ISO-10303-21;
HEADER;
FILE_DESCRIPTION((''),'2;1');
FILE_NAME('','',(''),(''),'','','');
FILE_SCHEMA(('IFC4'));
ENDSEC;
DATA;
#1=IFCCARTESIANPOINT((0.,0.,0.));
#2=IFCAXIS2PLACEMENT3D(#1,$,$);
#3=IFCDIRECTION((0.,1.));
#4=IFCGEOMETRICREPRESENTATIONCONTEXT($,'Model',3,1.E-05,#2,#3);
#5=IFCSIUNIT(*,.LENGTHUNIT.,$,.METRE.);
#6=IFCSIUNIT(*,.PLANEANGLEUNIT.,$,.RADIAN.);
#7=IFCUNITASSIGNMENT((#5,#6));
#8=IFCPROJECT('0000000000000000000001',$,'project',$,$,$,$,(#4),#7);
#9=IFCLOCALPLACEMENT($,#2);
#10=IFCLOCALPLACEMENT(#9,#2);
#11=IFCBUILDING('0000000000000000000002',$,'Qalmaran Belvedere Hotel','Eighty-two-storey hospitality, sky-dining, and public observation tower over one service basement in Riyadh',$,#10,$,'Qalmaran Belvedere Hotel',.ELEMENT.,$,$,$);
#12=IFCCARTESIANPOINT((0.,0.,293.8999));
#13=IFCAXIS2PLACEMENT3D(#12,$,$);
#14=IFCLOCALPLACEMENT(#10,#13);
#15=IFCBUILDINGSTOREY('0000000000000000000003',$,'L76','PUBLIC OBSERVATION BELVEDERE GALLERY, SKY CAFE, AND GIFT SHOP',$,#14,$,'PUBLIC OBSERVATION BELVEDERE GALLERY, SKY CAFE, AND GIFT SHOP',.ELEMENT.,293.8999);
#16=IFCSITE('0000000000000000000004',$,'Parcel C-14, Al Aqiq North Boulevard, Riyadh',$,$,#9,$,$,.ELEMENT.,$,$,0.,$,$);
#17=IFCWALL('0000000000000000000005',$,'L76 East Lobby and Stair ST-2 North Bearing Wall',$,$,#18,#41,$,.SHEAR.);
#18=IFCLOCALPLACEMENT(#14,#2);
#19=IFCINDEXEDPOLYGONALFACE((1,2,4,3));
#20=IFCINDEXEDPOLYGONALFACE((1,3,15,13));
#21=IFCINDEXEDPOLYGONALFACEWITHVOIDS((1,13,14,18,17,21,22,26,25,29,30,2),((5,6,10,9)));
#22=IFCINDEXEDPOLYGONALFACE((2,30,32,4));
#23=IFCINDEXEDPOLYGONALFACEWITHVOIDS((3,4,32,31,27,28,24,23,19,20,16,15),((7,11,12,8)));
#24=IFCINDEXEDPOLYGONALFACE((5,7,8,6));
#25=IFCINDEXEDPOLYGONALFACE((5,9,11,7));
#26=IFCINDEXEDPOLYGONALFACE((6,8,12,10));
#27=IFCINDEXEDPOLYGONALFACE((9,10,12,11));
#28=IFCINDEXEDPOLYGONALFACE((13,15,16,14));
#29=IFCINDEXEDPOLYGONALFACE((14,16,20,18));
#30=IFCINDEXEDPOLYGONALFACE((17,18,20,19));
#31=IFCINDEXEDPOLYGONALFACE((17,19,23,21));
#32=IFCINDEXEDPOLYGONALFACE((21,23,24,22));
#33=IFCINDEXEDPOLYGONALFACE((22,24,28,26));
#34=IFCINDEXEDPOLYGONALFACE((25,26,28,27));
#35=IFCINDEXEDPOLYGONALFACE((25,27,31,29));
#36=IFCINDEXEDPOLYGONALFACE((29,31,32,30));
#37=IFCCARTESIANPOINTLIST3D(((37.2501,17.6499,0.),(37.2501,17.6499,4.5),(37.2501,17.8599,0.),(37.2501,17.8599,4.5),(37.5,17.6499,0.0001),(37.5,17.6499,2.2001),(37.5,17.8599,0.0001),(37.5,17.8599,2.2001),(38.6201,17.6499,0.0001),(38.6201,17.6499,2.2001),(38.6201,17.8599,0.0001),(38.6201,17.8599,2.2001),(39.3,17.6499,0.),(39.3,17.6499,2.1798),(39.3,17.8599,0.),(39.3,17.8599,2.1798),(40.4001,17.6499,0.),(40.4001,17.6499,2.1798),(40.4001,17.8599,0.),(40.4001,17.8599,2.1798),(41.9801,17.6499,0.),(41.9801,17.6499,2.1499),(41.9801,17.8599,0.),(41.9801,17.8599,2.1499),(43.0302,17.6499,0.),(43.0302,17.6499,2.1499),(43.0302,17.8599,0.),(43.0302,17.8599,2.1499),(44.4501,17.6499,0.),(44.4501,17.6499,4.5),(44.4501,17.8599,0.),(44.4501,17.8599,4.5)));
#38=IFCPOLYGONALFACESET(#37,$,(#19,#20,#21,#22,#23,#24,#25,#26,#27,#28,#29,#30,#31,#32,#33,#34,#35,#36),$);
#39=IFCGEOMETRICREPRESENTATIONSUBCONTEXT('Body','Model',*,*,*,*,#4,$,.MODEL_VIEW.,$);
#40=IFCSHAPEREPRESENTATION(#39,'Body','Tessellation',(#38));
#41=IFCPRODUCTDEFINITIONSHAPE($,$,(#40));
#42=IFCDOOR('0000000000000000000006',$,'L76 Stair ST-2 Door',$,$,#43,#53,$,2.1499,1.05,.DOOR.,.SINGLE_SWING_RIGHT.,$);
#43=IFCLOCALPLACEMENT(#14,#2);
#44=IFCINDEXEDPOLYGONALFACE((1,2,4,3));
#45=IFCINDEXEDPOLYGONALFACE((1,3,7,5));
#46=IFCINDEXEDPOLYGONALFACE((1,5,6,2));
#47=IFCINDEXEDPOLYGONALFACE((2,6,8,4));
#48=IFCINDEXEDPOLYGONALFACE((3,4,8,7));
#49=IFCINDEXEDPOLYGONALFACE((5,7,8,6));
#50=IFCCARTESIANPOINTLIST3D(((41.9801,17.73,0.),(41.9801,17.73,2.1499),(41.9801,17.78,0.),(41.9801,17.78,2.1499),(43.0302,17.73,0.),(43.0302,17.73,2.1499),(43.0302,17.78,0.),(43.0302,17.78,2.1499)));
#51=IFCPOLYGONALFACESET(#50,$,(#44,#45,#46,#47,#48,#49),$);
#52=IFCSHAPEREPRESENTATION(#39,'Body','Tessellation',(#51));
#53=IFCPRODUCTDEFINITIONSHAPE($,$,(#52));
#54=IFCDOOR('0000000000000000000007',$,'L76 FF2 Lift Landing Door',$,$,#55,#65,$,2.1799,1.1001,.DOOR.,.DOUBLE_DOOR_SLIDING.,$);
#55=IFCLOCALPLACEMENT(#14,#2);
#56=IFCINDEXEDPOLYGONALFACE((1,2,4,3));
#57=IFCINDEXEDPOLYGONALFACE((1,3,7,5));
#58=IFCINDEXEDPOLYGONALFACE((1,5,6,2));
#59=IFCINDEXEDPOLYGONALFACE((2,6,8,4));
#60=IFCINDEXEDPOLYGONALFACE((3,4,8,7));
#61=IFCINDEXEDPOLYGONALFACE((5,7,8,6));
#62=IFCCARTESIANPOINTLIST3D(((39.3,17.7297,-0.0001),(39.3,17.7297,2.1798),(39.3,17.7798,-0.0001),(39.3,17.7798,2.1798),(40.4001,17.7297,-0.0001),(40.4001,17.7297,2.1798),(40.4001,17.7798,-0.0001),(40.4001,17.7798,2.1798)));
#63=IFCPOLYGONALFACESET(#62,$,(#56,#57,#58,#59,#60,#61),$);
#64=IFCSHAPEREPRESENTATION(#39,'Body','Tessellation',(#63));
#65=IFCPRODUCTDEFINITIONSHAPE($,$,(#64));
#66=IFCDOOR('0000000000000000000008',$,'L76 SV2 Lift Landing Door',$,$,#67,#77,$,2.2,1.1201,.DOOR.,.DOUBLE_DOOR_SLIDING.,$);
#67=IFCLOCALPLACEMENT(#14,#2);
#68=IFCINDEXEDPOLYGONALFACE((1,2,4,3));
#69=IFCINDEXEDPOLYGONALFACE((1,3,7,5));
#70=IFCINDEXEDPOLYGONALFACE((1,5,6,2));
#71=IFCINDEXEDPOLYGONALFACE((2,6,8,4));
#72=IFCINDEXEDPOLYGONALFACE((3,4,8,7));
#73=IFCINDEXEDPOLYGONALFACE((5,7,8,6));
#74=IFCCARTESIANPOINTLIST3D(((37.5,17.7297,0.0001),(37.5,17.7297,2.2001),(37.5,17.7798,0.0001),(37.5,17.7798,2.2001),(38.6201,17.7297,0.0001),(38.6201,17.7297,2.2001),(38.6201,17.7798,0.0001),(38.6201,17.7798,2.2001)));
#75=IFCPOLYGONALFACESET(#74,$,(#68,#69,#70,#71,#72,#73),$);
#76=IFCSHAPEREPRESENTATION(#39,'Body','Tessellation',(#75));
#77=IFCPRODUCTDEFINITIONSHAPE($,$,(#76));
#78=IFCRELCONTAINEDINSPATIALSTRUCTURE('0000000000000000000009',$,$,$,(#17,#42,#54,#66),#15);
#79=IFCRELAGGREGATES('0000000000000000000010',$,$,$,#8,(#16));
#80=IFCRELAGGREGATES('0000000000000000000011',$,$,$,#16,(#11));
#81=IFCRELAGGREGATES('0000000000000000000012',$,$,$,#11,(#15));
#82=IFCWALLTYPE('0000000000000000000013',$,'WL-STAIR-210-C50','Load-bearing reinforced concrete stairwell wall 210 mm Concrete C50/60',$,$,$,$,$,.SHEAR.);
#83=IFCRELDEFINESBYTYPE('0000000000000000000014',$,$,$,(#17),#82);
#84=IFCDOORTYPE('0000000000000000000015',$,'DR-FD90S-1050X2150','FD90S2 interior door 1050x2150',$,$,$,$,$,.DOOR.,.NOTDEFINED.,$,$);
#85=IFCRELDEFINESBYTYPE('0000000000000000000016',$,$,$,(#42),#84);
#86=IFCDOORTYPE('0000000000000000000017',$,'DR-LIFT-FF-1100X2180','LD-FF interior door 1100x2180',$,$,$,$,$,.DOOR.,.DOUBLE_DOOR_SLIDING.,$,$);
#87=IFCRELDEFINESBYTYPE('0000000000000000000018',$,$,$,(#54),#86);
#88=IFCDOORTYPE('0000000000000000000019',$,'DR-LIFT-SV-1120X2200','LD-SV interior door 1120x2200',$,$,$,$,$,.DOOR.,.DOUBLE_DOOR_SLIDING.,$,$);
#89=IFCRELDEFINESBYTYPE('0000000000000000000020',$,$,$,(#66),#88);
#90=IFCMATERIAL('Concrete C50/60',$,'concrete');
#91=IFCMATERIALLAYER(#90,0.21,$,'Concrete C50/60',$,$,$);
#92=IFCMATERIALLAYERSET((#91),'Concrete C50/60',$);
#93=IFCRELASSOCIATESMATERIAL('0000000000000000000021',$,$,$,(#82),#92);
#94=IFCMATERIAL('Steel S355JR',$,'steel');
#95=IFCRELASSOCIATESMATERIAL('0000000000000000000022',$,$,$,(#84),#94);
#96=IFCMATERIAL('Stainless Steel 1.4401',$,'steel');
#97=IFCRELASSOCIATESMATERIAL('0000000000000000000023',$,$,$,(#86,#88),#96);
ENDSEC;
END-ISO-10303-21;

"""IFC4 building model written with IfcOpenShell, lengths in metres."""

from ifc_helpers import new_model, si_unit, direction, frame, frame_2d, origin, place, context, subcontext, project, spatial, rectangle, extrude, material, layer, layer_set, type_object, element, fill, save


model = new_model("IFC4")

# Units and contexts
model_context = context("Model", 3, precision=1e-05, world=origin(), true_north=direction((0.0, 1.0)))
body_context = subcontext(model_context, "Body", "Model", "MODEL_VIEW")
ifc_project = project(units=[si_unit("LENGTHUNIT", "METRE"), si_unit("PLANEANGLEUNIT", "RADIAN")], contexts=[model_context])

# Site, building, storey
site_placement = place(None, origin())
site = spatial("IfcSite", under=ifc_project, at=site_placement, Name="Parcel C-14, Al Aqiq North Boulevard, Riyadh", CompositionType="ELEMENT", RefElevation=0.0)
building_placement = place(site_placement, origin())
building = spatial("IfcBuilding", under=site, at=building_placement, Name="Qalmaran Belvedere Hotel", Description="Eighty-two-storey hospitality, sky-dining, and public observation tower over one service basement in Riyadh", LongName="Qalmaran Belvedere Hotel", CompositionType="ELEMENT")
storey_placement = place(building_placement, frame((0.0, 0.0, 293.8999)))
storey = spatial("IfcBuildingStorey", under=building, at=storey_placement, Name="L76", Description="PUBLIC OBSERVATION BELVEDERE GALLERY, SKY CAFE, AND GIFT SHOP", LongName="PUBLIC OBSERVATION BELVEDERE GALLERY, SKY CAFE, AND GIFT SHOP", CompositionType="ELEMENT", Elevation=293.8999)

# Shared definitions
ifc_material_1 = material(Name="Concrete C50/60", Category="concrete")

# Shared definitions
ifc_material_2 = material(Name="Steel S355JR", Category="steel")

# Wall, openings, doors
ifc_layer_1 = layer(ifc_material_1, 0.21, Name="Concrete C50/60")
ifc_layer_set_1 = layer_set([ifc_layer_1], Name="Concrete C50/60")
wall_type_1 = type_object("IfcWallType", Name="WL-STAIR-210-C50", Description="Load-bearing reinforced concrete stairwell wall 210 mm Concrete C50/60", PredefinedType="SHEAR", material=ifc_layer_set_1)
wall_1_placement = place(storey_placement, frame((37.25, 17.7549, 0.0), z_axis=(0.0, 0.0, 1.0), x_axis=(1.0, 0.0, 0.0)))
wall_1 = element("IfcWall", 1, at=wall_1_placement, inside=storey, type_object=wall_type_1, Name="L76 East Lobby and Stair ST-2 North Bearing Wall", PredefinedType="SHEAR", context=body_context, shape_type="SweptSolid", body=[
    extrude(rectangle(XDim=7.2, YDim=0.21, at=frame_2d((3.6001, 0.0))), origin(), (0.0, 0.0, 1.0), 4.5),
])
opening_1_placement = place(wall_1_placement, frame((0.25, 0.0, 0.0)))
opening_1 = element("IfcOpeningElement", 2, at=opening_1_placement, cuts=wall_1, PredefinedType="OPENING", context=body_context, shape_type="SweptSolid", body=[
    extrude(rectangle(XDim=1.1201, YDim=2.2, at=frame_2d((0.5601, 1.1001))), frame((0.0, 0.115, 0.0), z_axis=(0.0, -1.0, 0.0), x_axis=(1.0, 0.0, 0.0)), (0.0, 0.0, 1.0), 0.23),
])
opening_2_placement = place(wall_1_placement, frame((2.05, 0.0, 0.0)))
opening_2 = element("IfcOpeningElement", 3, at=opening_2_placement, cuts=wall_1, PredefinedType="OPENING", context=body_context, shape_type="SweptSolid", body=[
    extrude(rectangle(XDim=1.1001, YDim=2.1799, at=frame_2d((0.55, 1.0898))), frame((0.0, 0.115, 0.0), z_axis=(0.0, -1.0, 0.0), x_axis=(1.0, 0.0, 0.0)), (0.0, 0.0, 1.0), 0.23),
])
opening_3_placement = place(wall_1_placement, frame((5.78, 0.0, 0.0), z_axis=(0.0, 0.0, 1.0), x_axis=(-1.0, 0.0, 0.0)))
opening_3 = element("IfcOpeningElement", 4, at=opening_3_placement, cuts=wall_1, PredefinedType="OPENING", context=body_context, shape_type="SweptSolid", body=[
    extrude(rectangle(XDim=1.05, YDim=2.1499, at=frame_2d((0.5249, 1.075))), frame((0.0, 0.115, 0.0), z_axis=(0.0, -1.0, 0.0), x_axis=(1.0, 0.0, 0.0)), (0.0, 0.0, 1.0), 0.23),
])
door_type_1 = type_object("IfcDoorType", Name="DR-FD90S-1050X2150", Description="FD90S2 interior door 1050x2150", OperationType="NOTDEFINED", PredefinedType="DOOR", material=ifc_material_2)
door_1_placement = place(opening_3_placement, origin())
door_1 = element("IfcDoor", 5, at=door_1_placement, inside=storey, type_object=door_type_1, Name="L76 Stair ST-2 Door", OperationType="SINGLE_SWING_RIGHT", OverallHeight=2.1499, OverallWidth=1.05, PredefinedType="DOOR", context=body_context, shape_type="SweptSolid", body=[
    extrude(rectangle(XDim=1.05, YDim=2.1499, at=frame_2d((0.5249, 1.075))), frame((0.0, 0.0249, 0.0), z_axis=(0.0, -1.0, 0.0), x_axis=(1.0, 0.0, 0.0)), (0.0, 0.0, 1.0), 0.05),
])
fill(opening_3, door_1)
ifc_material_3 = material(Name="Stainless Steel 1.4401", Category="steel")
door_type_2 = type_object("IfcDoorType", Name="DR-LIFT-FF-1100X2180", Description="LD-FF interior door 1100x2180", OperationType="DOUBLE_DOOR_SLIDING", PredefinedType="DOOR", material=ifc_material_3)
door_2_placement = place(opening_2_placement, origin())
door_2 = element("IfcDoor", 6, at=door_2_placement, inside=storey, type_object=door_type_2, Name="L76 FF2 Lift Landing Door", OperationType="DOUBLE_DOOR_SLIDING", OverallHeight=2.1799, OverallWidth=1.1001, PredefinedType="DOOR", context=body_context, shape_type="SweptSolid", body=[
    extrude(rectangle(XDim=1.1001, YDim=2.1799, at=frame_2d((0.55, 1.0898))), frame((0.0, 0.0249, 0.0), z_axis=(0.0, -1.0, 0.0), x_axis=(1.0, 0.0, 0.0)), (0.0, 0.0, 1.0), 0.05),
])
fill(opening_2, door_2)
door_type_3 = type_object("IfcDoorType", Name="DR-LIFT-SV-1120X2200", Description="LD-SV interior door 1120x2200", OperationType="DOUBLE_DOOR_SLIDING", PredefinedType="DOOR", material=ifc_material_3)
door_3_placement = place(opening_1_placement, origin())
door_3 = element("IfcDoor", 7, at=door_3_placement, inside=storey, type_object=door_type_3, Name="L76 SV2 Lift Landing Door", OperationType="DOUBLE_DOOR_SLIDING", OverallHeight=2.2, OverallWidth=1.1201, PredefinedType="DOOR", context=body_context, shape_type="SweptSolid", body=[
    extrude(rectangle(XDim=1.1201, YDim=2.2, at=frame_2d((0.5601, 1.1001))), frame((0.0, 0.0249, 0.0), z_axis=(0.0, -1.0, 0.0), x_axis=(1.0, 0.0, 0.0)), (0.0, 0.0, 1.0), 0.05),
])
fill(opening_1, door_3)

save(model, "model.ifc")
